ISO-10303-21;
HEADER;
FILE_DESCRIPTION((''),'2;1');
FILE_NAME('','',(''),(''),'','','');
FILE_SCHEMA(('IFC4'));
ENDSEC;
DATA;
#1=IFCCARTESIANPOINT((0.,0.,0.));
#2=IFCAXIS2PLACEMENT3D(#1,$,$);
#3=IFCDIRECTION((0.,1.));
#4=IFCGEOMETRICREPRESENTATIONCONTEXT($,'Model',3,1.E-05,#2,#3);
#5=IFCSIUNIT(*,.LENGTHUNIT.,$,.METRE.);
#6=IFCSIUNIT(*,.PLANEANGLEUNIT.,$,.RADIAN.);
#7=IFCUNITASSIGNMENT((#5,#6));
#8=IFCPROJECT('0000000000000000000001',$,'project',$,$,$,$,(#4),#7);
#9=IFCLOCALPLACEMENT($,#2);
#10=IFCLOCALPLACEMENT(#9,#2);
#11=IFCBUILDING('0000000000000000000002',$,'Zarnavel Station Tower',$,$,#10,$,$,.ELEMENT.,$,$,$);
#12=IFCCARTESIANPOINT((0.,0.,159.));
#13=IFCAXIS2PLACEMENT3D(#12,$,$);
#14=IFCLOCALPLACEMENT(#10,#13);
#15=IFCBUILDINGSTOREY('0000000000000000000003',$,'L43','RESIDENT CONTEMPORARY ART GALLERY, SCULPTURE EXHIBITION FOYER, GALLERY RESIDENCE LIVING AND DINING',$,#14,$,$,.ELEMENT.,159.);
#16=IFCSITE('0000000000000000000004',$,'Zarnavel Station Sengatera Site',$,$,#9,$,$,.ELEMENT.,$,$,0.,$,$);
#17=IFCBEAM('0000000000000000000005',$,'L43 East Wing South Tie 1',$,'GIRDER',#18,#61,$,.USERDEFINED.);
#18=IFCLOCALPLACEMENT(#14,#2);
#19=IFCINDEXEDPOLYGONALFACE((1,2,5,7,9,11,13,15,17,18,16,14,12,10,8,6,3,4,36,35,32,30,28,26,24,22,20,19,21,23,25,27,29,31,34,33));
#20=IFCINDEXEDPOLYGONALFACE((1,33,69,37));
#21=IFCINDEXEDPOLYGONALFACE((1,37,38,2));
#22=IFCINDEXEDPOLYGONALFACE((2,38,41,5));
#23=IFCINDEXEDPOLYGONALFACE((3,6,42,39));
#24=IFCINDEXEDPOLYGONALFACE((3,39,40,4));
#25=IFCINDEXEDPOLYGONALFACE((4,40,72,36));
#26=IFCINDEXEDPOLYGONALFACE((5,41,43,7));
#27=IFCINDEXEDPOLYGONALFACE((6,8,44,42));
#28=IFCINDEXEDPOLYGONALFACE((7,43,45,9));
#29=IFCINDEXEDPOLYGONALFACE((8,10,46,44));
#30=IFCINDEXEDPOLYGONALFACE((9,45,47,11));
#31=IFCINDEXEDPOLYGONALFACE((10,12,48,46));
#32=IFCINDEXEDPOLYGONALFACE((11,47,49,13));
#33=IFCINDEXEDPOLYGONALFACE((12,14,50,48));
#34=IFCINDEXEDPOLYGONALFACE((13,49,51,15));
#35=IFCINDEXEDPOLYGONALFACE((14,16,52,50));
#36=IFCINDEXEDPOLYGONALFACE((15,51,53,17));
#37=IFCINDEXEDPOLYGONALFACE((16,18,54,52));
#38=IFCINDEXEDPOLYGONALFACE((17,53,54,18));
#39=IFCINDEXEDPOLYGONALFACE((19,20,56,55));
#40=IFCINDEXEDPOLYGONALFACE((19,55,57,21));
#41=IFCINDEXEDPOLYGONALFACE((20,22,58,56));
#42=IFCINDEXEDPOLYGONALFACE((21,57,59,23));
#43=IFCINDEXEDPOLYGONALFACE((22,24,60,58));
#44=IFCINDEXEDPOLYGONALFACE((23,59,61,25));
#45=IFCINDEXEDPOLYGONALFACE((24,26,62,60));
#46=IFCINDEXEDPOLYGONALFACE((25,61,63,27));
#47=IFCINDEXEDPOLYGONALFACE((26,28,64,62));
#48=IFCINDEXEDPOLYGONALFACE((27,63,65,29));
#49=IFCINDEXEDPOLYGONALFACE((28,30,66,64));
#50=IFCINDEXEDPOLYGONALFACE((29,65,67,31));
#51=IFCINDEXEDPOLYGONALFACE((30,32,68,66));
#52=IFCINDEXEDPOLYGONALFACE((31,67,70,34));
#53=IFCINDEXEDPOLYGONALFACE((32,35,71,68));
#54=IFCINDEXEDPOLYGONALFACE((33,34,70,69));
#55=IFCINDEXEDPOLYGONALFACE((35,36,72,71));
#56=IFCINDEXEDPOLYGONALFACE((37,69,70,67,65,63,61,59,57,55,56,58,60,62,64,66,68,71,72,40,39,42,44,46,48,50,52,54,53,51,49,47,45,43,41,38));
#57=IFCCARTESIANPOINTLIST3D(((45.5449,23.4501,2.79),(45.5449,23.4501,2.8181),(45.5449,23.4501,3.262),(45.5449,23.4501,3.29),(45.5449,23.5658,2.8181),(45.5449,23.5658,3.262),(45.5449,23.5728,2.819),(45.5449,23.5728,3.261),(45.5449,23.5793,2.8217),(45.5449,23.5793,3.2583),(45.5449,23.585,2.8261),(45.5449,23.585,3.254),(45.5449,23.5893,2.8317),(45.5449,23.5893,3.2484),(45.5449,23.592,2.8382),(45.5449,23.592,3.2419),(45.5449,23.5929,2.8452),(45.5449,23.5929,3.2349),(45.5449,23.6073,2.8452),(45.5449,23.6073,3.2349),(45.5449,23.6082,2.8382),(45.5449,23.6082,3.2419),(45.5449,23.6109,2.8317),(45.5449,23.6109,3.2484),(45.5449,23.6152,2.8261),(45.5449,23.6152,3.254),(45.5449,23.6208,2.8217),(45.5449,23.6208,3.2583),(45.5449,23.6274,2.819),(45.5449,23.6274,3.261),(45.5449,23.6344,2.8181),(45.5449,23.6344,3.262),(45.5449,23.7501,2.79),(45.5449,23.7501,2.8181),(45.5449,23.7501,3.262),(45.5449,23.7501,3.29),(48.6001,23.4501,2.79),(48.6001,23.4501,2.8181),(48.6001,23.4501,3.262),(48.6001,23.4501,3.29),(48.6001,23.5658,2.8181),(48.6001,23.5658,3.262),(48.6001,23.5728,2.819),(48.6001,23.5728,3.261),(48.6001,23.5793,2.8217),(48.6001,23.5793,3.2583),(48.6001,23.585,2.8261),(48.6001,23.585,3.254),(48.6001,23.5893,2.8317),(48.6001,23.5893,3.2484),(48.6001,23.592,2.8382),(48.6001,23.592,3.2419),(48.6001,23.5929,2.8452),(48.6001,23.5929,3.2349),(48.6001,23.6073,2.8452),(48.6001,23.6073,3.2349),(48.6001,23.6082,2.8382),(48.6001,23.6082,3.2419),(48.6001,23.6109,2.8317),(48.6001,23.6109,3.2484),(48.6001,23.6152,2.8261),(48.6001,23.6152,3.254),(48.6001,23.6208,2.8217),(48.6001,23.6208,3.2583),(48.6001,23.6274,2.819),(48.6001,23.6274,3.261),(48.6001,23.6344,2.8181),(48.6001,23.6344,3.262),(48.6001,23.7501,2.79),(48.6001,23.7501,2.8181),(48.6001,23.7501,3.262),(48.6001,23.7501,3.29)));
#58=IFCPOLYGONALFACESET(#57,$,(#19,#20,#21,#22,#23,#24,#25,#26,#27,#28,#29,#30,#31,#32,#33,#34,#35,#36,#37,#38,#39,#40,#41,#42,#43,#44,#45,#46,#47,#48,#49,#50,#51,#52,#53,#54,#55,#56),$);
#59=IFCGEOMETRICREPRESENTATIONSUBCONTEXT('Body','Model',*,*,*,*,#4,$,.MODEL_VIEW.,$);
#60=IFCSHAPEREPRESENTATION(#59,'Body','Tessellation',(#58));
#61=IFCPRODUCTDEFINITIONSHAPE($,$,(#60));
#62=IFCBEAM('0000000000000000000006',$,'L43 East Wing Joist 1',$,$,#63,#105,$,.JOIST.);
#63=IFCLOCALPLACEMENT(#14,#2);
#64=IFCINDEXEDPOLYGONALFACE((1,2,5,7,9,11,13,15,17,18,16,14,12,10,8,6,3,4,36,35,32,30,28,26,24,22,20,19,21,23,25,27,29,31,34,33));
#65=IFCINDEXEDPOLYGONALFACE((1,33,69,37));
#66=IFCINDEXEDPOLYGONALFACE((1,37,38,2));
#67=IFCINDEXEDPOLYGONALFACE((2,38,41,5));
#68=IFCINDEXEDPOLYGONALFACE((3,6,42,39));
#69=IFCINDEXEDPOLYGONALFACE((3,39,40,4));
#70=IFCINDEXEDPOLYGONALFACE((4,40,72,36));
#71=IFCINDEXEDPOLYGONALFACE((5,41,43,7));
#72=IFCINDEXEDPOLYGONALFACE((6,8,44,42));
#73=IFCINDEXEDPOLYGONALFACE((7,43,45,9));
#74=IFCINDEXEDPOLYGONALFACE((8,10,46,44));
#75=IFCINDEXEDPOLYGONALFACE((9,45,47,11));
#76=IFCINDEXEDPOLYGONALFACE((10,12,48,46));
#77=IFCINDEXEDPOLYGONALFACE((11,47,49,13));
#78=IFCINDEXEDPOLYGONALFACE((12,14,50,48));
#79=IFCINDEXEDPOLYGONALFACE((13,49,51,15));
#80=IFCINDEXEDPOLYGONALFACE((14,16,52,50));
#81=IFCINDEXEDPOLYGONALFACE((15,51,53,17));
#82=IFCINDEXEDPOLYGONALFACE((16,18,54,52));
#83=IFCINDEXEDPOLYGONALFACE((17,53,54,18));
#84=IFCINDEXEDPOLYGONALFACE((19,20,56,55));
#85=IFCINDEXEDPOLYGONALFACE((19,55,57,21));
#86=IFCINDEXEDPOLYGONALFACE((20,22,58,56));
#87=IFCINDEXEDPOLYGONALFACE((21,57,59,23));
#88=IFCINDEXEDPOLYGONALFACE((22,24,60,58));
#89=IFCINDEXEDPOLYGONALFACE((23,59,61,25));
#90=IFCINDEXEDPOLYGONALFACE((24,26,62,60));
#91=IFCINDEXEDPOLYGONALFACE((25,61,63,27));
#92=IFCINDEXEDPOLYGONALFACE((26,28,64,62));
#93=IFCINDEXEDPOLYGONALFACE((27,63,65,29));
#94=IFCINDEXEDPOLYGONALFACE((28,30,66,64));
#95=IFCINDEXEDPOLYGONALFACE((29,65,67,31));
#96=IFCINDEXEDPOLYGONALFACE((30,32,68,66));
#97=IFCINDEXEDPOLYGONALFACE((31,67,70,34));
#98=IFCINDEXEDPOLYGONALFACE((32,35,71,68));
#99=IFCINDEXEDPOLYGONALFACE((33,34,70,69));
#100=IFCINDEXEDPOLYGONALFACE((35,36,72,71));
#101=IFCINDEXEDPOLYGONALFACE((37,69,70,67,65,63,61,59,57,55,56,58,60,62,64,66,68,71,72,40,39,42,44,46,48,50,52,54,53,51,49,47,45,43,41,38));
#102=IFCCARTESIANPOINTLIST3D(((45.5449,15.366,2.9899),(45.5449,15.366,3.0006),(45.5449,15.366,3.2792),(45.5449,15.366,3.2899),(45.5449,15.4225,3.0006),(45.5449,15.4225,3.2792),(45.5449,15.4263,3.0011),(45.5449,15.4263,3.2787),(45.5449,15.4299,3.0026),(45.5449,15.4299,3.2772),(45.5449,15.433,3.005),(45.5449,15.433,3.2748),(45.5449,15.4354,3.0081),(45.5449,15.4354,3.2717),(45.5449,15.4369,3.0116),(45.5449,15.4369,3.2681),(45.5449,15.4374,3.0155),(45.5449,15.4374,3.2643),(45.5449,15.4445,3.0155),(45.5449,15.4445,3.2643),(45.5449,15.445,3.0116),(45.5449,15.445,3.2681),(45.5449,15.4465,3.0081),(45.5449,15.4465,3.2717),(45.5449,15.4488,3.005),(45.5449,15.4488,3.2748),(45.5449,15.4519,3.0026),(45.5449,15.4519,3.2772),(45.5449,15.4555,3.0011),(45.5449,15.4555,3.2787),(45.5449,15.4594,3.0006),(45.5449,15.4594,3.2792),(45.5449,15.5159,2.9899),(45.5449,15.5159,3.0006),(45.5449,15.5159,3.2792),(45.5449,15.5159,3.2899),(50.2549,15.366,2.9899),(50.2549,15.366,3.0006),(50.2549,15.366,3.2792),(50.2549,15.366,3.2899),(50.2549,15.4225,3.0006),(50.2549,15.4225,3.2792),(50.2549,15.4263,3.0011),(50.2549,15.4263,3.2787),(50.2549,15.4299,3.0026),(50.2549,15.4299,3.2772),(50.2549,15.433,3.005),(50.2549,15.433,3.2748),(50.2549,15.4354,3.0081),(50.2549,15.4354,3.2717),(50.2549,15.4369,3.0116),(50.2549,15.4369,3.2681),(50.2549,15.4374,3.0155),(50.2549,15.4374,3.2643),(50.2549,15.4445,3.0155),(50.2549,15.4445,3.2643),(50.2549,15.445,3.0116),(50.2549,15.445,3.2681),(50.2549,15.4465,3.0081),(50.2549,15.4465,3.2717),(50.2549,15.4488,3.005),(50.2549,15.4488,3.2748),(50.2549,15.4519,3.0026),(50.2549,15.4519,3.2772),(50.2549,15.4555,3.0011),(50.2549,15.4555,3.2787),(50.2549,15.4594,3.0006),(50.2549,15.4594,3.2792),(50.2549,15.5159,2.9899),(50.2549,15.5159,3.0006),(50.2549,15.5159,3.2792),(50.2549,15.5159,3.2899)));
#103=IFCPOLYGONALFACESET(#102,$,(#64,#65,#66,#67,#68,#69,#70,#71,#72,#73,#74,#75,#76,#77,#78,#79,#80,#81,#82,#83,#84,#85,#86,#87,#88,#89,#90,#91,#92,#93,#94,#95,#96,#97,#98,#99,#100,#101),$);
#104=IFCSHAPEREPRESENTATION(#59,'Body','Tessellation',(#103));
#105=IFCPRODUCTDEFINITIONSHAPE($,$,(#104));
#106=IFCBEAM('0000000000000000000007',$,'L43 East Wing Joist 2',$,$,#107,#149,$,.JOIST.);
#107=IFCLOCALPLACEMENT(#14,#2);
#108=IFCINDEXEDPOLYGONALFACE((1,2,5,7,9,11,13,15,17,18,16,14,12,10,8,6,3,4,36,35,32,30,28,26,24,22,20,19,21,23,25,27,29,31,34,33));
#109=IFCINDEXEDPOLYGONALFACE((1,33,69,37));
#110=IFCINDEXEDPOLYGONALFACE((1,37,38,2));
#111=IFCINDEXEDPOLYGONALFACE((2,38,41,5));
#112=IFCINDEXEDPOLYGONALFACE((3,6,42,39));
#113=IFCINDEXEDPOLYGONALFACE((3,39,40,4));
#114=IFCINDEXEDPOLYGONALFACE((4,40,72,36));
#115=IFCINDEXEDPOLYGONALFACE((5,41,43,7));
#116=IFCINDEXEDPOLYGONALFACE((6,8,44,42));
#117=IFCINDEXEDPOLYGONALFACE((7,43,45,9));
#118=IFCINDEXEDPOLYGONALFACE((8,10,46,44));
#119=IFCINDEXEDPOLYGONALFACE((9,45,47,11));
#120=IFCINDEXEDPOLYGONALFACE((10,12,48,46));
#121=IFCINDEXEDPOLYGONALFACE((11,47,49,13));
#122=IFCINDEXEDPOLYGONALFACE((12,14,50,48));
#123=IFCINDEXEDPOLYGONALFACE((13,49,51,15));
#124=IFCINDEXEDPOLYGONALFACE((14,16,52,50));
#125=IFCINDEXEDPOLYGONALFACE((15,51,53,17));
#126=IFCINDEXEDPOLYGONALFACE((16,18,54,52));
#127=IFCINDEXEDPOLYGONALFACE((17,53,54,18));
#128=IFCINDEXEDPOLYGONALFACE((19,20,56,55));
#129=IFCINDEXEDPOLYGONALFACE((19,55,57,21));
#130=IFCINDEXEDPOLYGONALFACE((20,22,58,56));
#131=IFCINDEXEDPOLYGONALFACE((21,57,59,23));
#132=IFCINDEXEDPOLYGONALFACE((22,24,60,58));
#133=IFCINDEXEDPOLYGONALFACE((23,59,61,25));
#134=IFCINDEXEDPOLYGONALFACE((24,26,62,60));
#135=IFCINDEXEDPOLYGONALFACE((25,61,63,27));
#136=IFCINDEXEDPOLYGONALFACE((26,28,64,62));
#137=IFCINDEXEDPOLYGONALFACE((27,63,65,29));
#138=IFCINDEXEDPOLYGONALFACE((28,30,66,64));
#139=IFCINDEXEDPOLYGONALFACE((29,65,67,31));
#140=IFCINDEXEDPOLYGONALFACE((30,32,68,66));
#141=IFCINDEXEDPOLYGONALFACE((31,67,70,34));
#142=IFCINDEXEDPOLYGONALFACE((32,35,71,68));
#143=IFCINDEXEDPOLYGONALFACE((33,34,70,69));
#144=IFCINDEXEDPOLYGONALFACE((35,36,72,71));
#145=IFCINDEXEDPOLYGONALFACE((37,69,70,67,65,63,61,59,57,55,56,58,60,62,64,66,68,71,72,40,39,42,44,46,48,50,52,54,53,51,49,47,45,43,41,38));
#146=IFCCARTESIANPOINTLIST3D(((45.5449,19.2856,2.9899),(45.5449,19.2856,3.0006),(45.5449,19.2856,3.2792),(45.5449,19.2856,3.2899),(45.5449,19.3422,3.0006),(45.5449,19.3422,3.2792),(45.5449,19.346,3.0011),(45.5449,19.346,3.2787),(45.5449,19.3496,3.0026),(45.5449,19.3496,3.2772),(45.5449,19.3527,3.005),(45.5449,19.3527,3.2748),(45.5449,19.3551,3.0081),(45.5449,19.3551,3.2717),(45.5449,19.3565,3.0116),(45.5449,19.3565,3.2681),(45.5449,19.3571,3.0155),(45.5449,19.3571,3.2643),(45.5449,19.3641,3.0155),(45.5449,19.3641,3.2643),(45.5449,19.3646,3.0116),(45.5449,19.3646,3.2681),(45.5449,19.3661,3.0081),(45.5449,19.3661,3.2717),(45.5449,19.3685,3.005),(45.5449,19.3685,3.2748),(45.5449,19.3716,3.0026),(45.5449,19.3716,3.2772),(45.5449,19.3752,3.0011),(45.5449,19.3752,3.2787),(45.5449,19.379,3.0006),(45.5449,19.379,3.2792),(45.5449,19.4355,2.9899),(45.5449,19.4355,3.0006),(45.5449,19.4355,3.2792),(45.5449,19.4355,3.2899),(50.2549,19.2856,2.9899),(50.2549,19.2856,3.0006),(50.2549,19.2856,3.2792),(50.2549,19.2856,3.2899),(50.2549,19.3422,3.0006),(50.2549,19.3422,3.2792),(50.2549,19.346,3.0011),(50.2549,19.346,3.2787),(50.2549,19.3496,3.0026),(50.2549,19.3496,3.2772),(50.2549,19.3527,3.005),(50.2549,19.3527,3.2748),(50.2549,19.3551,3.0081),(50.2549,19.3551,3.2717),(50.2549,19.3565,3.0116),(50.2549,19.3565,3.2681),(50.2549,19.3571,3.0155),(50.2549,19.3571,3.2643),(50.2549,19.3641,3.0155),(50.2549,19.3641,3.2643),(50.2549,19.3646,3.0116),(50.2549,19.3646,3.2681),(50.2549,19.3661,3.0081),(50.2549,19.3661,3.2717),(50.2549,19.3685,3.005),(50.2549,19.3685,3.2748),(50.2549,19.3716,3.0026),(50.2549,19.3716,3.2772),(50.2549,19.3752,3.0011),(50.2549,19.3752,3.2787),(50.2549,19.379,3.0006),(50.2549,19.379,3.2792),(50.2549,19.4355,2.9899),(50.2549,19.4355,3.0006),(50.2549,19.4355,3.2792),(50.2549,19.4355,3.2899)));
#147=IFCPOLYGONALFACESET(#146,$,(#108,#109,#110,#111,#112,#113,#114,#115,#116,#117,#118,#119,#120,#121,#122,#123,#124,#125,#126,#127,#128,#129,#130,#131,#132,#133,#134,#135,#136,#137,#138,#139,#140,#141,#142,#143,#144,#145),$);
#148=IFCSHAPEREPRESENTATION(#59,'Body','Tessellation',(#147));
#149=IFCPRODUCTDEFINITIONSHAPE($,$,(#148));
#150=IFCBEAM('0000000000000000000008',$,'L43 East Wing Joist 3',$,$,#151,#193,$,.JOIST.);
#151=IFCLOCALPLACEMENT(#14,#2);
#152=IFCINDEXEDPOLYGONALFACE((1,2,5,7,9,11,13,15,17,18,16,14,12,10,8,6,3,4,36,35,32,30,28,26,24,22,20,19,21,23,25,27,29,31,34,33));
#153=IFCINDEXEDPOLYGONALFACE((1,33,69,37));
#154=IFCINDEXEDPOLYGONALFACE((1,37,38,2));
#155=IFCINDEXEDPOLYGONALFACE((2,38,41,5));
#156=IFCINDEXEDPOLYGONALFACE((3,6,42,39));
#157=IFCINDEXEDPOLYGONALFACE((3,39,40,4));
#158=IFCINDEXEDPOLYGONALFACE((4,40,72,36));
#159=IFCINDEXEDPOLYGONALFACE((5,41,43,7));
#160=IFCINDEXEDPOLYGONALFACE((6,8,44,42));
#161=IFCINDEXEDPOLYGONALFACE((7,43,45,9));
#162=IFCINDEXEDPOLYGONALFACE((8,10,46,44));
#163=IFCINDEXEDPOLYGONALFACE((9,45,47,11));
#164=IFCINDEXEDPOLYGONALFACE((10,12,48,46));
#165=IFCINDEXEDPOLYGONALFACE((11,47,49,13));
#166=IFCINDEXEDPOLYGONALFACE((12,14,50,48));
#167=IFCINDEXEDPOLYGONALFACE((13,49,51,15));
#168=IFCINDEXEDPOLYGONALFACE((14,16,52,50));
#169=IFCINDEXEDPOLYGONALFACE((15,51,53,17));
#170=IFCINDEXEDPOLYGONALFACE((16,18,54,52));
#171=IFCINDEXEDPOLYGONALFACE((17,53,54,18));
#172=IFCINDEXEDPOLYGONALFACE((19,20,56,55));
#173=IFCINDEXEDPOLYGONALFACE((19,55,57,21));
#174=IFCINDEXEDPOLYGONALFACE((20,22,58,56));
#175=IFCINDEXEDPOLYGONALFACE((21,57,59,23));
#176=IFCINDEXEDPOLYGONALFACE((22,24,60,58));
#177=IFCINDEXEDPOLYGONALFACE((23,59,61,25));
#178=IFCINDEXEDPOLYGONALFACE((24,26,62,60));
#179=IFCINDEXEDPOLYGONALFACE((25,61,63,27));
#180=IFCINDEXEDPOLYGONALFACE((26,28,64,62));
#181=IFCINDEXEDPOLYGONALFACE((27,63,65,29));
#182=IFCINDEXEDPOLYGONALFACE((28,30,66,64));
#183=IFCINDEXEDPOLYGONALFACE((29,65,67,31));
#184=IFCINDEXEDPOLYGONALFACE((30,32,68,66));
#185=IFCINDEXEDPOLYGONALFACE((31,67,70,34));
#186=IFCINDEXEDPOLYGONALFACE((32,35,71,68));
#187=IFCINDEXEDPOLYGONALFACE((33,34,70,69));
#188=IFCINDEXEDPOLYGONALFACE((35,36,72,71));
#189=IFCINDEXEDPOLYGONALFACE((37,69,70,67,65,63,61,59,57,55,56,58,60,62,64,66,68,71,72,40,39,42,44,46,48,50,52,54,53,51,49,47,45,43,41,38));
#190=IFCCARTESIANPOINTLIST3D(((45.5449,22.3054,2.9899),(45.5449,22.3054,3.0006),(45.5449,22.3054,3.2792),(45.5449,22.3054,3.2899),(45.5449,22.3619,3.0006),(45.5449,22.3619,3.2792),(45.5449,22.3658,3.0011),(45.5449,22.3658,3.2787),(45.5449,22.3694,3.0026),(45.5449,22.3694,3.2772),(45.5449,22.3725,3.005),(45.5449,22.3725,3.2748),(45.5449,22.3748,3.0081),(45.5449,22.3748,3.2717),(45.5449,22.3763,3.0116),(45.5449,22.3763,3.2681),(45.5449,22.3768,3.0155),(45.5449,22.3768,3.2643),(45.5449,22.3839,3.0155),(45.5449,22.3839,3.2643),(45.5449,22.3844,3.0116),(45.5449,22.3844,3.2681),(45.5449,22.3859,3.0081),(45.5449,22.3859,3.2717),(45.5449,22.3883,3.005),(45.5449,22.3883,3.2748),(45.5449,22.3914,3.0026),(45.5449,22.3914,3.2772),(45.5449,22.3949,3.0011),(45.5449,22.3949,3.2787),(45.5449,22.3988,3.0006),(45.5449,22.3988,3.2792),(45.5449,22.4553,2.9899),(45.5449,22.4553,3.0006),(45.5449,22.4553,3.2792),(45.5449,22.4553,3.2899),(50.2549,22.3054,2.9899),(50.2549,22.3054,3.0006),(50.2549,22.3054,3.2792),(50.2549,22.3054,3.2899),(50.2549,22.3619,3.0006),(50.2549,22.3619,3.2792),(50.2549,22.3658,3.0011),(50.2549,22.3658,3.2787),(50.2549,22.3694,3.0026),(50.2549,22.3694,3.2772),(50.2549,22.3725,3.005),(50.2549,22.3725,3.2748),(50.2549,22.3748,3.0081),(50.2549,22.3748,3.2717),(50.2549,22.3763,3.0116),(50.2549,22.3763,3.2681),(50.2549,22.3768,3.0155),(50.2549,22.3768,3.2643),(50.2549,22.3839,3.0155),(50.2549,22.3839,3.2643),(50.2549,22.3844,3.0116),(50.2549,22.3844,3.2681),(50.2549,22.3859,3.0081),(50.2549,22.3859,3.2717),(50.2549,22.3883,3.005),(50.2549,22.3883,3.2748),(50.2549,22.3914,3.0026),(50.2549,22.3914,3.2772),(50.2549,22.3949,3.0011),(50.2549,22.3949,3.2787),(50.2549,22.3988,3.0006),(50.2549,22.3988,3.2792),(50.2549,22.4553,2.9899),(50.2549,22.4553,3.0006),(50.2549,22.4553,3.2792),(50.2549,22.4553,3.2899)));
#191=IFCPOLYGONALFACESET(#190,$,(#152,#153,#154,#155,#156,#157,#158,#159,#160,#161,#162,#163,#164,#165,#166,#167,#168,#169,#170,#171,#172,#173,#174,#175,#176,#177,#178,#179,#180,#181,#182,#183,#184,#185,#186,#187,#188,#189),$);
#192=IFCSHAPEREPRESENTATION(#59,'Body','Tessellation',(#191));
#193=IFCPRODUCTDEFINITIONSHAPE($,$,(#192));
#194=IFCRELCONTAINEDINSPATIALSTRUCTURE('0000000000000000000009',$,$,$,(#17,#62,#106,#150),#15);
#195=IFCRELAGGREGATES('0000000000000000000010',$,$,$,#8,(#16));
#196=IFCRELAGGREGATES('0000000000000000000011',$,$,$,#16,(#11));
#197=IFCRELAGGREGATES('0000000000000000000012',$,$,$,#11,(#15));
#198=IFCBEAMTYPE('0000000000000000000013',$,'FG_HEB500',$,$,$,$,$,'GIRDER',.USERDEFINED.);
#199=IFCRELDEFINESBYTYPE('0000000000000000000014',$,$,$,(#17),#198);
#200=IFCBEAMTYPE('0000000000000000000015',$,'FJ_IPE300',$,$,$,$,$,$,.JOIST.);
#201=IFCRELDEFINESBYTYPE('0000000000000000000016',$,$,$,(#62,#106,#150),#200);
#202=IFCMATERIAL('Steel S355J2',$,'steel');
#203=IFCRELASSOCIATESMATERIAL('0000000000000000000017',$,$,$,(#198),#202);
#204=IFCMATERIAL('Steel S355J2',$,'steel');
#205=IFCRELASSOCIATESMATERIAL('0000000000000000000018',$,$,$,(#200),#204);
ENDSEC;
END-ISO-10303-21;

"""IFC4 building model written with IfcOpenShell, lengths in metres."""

from ifc_helpers import new_model, si_unit, direction, frame, origin, origin_2d, place, context, subcontext, project, spatial, i_section, extrude, material, material_profile, profile_set, type_object, element, save


model = new_model("IFC4")

# Units and contexts
model_context = context("Model", 3, precision=1e-05, world=origin(), true_north=direction((0.0, 1.0)))
body_context = subcontext(model_context, "Body", "Model", "MODEL_VIEW")
ifc_project = project(units=[si_unit("LENGTHUNIT", "METRE"), si_unit("PLANEANGLEUNIT", "RADIAN")], contexts=[model_context])

# Site, building, storey
site_placement = place(None, origin())
site = spatial("IfcSite", under=ifc_project, at=site_placement, Name="Zarnavel Station Sengatera Site", CompositionType="ELEMENT", RefElevation=0.0)
building_placement = place(site_placement, origin())
building = spatial("IfcBuilding", under=site, at=building_placement, Name="Zarnavel Station Tower", CompositionType="ELEMENT")
storey_placement = place(building_placement, frame((0.0, 0.0, 159.0)))
storey = spatial("IfcBuildingStorey", under=building, at=storey_placement, Name="L43", Description="RESIDENT CONTEMPORARY ART GALLERY, SCULPTURE EXHIBITION FOYER, GALLERY RESIDENCE LIVING AND DINING", CompositionType="ELEMENT", Elevation=159.0)

# Beams
ifc_material_1 = material(Name="Steel S355J2", Category="steel")
ifc_material_profile_1 = material_profile(ifc_material_1, i_section(OverallWidth=0.3, OverallDepth=0.5, WebThickness=0.0144, FlangeThickness=0.0281, FilletRadius=0.0271, at=origin_2d()), Name="HEB500")
ifc_profile_set_1 = profile_set([ifc_material_profile_1], Name="Steel S355J2")
beam_type_1 = type_object("IfcBeamType", Name="FG_HEB500", ElementType="GIRDER", PredefinedType="USERDEFINED", material=ifc_profile_set_1)
beam_placement = place(storey_placement, frame((45.5449, 23.6001, 3.04), z_axis=(1.0, 0.0, 0.0), x_axis=(0.0, 1.0, 0.0)))
element("IfcBeam", 1, at=beam_placement, inside=storey, type_object=beam_type_1, Name="L43 East Wing South Tie 1", ObjectType="GIRDER", PredefinedType="USERDEFINED", context=body_context, shape_type="SweptSolid", body=[
    extrude(i_section(OverallWidth=0.3, OverallDepth=0.5, WebThickness=0.0144, FlangeThickness=0.0281, FilletRadius=0.0271, at=origin_2d()), origin(), (0.0, 0.0, 1.0), 3.0552),
])
ifc_material_2 = material(Name="Steel S355J2", Category="steel")
ifc_material_profile_2 = material_profile(ifc_material_2, i_section(OverallWidth=0.1499, OverallDepth=0.3, WebThickness=0.0071, FlangeThickness=0.0107, FilletRadius=0.0149, at=origin_2d()), Name="IPE300")
ifc_profile_set_2 = profile_set([ifc_material_profile_2], Name="Steel S355J2")
beam_type_2 = type_object("IfcBeamType", Name="FJ_IPE300", PredefinedType="JOIST", material=ifc_profile_set_2)
for number, where, z_axis, x_axis, name in (
    (2, (45.5449, 15.4409, 3.1399), (1.0, 0.0, 0.0), (0.0, 1.0, 0.0), "L43 East Wing Joist 1"),
    (3, (45.5449, 19.3606, 3.1399), (1.0, 0.0, 0.0), (0.0, 1.0, 0.0), "L43 East Wing Joist 2"),
    (4, (45.5449, 22.3804, 3.1399), (1.0, 0.0, 0.0), (0.0, 1.0, 0.0), "L43 East Wing Joist 3"),
):
    element("IfcBeam", number, at=place(storey_placement, frame(where, z_axis=z_axis, x_axis=x_axis)), inside=storey, type_object=beam_type_2, Name=name, PredefinedType="JOIST", context=body_context, shape_type="SweptSolid", body=[
        extrude(i_section(OverallWidth=0.1499, OverallDepth=0.3, WebThickness=0.0071, FlangeThickness=0.0107, FilletRadius=0.0149, at=origin_2d()), origin(), (0.0, 0.0, 1.0), 4.71),
    ])

save(model, "model.ifc")
